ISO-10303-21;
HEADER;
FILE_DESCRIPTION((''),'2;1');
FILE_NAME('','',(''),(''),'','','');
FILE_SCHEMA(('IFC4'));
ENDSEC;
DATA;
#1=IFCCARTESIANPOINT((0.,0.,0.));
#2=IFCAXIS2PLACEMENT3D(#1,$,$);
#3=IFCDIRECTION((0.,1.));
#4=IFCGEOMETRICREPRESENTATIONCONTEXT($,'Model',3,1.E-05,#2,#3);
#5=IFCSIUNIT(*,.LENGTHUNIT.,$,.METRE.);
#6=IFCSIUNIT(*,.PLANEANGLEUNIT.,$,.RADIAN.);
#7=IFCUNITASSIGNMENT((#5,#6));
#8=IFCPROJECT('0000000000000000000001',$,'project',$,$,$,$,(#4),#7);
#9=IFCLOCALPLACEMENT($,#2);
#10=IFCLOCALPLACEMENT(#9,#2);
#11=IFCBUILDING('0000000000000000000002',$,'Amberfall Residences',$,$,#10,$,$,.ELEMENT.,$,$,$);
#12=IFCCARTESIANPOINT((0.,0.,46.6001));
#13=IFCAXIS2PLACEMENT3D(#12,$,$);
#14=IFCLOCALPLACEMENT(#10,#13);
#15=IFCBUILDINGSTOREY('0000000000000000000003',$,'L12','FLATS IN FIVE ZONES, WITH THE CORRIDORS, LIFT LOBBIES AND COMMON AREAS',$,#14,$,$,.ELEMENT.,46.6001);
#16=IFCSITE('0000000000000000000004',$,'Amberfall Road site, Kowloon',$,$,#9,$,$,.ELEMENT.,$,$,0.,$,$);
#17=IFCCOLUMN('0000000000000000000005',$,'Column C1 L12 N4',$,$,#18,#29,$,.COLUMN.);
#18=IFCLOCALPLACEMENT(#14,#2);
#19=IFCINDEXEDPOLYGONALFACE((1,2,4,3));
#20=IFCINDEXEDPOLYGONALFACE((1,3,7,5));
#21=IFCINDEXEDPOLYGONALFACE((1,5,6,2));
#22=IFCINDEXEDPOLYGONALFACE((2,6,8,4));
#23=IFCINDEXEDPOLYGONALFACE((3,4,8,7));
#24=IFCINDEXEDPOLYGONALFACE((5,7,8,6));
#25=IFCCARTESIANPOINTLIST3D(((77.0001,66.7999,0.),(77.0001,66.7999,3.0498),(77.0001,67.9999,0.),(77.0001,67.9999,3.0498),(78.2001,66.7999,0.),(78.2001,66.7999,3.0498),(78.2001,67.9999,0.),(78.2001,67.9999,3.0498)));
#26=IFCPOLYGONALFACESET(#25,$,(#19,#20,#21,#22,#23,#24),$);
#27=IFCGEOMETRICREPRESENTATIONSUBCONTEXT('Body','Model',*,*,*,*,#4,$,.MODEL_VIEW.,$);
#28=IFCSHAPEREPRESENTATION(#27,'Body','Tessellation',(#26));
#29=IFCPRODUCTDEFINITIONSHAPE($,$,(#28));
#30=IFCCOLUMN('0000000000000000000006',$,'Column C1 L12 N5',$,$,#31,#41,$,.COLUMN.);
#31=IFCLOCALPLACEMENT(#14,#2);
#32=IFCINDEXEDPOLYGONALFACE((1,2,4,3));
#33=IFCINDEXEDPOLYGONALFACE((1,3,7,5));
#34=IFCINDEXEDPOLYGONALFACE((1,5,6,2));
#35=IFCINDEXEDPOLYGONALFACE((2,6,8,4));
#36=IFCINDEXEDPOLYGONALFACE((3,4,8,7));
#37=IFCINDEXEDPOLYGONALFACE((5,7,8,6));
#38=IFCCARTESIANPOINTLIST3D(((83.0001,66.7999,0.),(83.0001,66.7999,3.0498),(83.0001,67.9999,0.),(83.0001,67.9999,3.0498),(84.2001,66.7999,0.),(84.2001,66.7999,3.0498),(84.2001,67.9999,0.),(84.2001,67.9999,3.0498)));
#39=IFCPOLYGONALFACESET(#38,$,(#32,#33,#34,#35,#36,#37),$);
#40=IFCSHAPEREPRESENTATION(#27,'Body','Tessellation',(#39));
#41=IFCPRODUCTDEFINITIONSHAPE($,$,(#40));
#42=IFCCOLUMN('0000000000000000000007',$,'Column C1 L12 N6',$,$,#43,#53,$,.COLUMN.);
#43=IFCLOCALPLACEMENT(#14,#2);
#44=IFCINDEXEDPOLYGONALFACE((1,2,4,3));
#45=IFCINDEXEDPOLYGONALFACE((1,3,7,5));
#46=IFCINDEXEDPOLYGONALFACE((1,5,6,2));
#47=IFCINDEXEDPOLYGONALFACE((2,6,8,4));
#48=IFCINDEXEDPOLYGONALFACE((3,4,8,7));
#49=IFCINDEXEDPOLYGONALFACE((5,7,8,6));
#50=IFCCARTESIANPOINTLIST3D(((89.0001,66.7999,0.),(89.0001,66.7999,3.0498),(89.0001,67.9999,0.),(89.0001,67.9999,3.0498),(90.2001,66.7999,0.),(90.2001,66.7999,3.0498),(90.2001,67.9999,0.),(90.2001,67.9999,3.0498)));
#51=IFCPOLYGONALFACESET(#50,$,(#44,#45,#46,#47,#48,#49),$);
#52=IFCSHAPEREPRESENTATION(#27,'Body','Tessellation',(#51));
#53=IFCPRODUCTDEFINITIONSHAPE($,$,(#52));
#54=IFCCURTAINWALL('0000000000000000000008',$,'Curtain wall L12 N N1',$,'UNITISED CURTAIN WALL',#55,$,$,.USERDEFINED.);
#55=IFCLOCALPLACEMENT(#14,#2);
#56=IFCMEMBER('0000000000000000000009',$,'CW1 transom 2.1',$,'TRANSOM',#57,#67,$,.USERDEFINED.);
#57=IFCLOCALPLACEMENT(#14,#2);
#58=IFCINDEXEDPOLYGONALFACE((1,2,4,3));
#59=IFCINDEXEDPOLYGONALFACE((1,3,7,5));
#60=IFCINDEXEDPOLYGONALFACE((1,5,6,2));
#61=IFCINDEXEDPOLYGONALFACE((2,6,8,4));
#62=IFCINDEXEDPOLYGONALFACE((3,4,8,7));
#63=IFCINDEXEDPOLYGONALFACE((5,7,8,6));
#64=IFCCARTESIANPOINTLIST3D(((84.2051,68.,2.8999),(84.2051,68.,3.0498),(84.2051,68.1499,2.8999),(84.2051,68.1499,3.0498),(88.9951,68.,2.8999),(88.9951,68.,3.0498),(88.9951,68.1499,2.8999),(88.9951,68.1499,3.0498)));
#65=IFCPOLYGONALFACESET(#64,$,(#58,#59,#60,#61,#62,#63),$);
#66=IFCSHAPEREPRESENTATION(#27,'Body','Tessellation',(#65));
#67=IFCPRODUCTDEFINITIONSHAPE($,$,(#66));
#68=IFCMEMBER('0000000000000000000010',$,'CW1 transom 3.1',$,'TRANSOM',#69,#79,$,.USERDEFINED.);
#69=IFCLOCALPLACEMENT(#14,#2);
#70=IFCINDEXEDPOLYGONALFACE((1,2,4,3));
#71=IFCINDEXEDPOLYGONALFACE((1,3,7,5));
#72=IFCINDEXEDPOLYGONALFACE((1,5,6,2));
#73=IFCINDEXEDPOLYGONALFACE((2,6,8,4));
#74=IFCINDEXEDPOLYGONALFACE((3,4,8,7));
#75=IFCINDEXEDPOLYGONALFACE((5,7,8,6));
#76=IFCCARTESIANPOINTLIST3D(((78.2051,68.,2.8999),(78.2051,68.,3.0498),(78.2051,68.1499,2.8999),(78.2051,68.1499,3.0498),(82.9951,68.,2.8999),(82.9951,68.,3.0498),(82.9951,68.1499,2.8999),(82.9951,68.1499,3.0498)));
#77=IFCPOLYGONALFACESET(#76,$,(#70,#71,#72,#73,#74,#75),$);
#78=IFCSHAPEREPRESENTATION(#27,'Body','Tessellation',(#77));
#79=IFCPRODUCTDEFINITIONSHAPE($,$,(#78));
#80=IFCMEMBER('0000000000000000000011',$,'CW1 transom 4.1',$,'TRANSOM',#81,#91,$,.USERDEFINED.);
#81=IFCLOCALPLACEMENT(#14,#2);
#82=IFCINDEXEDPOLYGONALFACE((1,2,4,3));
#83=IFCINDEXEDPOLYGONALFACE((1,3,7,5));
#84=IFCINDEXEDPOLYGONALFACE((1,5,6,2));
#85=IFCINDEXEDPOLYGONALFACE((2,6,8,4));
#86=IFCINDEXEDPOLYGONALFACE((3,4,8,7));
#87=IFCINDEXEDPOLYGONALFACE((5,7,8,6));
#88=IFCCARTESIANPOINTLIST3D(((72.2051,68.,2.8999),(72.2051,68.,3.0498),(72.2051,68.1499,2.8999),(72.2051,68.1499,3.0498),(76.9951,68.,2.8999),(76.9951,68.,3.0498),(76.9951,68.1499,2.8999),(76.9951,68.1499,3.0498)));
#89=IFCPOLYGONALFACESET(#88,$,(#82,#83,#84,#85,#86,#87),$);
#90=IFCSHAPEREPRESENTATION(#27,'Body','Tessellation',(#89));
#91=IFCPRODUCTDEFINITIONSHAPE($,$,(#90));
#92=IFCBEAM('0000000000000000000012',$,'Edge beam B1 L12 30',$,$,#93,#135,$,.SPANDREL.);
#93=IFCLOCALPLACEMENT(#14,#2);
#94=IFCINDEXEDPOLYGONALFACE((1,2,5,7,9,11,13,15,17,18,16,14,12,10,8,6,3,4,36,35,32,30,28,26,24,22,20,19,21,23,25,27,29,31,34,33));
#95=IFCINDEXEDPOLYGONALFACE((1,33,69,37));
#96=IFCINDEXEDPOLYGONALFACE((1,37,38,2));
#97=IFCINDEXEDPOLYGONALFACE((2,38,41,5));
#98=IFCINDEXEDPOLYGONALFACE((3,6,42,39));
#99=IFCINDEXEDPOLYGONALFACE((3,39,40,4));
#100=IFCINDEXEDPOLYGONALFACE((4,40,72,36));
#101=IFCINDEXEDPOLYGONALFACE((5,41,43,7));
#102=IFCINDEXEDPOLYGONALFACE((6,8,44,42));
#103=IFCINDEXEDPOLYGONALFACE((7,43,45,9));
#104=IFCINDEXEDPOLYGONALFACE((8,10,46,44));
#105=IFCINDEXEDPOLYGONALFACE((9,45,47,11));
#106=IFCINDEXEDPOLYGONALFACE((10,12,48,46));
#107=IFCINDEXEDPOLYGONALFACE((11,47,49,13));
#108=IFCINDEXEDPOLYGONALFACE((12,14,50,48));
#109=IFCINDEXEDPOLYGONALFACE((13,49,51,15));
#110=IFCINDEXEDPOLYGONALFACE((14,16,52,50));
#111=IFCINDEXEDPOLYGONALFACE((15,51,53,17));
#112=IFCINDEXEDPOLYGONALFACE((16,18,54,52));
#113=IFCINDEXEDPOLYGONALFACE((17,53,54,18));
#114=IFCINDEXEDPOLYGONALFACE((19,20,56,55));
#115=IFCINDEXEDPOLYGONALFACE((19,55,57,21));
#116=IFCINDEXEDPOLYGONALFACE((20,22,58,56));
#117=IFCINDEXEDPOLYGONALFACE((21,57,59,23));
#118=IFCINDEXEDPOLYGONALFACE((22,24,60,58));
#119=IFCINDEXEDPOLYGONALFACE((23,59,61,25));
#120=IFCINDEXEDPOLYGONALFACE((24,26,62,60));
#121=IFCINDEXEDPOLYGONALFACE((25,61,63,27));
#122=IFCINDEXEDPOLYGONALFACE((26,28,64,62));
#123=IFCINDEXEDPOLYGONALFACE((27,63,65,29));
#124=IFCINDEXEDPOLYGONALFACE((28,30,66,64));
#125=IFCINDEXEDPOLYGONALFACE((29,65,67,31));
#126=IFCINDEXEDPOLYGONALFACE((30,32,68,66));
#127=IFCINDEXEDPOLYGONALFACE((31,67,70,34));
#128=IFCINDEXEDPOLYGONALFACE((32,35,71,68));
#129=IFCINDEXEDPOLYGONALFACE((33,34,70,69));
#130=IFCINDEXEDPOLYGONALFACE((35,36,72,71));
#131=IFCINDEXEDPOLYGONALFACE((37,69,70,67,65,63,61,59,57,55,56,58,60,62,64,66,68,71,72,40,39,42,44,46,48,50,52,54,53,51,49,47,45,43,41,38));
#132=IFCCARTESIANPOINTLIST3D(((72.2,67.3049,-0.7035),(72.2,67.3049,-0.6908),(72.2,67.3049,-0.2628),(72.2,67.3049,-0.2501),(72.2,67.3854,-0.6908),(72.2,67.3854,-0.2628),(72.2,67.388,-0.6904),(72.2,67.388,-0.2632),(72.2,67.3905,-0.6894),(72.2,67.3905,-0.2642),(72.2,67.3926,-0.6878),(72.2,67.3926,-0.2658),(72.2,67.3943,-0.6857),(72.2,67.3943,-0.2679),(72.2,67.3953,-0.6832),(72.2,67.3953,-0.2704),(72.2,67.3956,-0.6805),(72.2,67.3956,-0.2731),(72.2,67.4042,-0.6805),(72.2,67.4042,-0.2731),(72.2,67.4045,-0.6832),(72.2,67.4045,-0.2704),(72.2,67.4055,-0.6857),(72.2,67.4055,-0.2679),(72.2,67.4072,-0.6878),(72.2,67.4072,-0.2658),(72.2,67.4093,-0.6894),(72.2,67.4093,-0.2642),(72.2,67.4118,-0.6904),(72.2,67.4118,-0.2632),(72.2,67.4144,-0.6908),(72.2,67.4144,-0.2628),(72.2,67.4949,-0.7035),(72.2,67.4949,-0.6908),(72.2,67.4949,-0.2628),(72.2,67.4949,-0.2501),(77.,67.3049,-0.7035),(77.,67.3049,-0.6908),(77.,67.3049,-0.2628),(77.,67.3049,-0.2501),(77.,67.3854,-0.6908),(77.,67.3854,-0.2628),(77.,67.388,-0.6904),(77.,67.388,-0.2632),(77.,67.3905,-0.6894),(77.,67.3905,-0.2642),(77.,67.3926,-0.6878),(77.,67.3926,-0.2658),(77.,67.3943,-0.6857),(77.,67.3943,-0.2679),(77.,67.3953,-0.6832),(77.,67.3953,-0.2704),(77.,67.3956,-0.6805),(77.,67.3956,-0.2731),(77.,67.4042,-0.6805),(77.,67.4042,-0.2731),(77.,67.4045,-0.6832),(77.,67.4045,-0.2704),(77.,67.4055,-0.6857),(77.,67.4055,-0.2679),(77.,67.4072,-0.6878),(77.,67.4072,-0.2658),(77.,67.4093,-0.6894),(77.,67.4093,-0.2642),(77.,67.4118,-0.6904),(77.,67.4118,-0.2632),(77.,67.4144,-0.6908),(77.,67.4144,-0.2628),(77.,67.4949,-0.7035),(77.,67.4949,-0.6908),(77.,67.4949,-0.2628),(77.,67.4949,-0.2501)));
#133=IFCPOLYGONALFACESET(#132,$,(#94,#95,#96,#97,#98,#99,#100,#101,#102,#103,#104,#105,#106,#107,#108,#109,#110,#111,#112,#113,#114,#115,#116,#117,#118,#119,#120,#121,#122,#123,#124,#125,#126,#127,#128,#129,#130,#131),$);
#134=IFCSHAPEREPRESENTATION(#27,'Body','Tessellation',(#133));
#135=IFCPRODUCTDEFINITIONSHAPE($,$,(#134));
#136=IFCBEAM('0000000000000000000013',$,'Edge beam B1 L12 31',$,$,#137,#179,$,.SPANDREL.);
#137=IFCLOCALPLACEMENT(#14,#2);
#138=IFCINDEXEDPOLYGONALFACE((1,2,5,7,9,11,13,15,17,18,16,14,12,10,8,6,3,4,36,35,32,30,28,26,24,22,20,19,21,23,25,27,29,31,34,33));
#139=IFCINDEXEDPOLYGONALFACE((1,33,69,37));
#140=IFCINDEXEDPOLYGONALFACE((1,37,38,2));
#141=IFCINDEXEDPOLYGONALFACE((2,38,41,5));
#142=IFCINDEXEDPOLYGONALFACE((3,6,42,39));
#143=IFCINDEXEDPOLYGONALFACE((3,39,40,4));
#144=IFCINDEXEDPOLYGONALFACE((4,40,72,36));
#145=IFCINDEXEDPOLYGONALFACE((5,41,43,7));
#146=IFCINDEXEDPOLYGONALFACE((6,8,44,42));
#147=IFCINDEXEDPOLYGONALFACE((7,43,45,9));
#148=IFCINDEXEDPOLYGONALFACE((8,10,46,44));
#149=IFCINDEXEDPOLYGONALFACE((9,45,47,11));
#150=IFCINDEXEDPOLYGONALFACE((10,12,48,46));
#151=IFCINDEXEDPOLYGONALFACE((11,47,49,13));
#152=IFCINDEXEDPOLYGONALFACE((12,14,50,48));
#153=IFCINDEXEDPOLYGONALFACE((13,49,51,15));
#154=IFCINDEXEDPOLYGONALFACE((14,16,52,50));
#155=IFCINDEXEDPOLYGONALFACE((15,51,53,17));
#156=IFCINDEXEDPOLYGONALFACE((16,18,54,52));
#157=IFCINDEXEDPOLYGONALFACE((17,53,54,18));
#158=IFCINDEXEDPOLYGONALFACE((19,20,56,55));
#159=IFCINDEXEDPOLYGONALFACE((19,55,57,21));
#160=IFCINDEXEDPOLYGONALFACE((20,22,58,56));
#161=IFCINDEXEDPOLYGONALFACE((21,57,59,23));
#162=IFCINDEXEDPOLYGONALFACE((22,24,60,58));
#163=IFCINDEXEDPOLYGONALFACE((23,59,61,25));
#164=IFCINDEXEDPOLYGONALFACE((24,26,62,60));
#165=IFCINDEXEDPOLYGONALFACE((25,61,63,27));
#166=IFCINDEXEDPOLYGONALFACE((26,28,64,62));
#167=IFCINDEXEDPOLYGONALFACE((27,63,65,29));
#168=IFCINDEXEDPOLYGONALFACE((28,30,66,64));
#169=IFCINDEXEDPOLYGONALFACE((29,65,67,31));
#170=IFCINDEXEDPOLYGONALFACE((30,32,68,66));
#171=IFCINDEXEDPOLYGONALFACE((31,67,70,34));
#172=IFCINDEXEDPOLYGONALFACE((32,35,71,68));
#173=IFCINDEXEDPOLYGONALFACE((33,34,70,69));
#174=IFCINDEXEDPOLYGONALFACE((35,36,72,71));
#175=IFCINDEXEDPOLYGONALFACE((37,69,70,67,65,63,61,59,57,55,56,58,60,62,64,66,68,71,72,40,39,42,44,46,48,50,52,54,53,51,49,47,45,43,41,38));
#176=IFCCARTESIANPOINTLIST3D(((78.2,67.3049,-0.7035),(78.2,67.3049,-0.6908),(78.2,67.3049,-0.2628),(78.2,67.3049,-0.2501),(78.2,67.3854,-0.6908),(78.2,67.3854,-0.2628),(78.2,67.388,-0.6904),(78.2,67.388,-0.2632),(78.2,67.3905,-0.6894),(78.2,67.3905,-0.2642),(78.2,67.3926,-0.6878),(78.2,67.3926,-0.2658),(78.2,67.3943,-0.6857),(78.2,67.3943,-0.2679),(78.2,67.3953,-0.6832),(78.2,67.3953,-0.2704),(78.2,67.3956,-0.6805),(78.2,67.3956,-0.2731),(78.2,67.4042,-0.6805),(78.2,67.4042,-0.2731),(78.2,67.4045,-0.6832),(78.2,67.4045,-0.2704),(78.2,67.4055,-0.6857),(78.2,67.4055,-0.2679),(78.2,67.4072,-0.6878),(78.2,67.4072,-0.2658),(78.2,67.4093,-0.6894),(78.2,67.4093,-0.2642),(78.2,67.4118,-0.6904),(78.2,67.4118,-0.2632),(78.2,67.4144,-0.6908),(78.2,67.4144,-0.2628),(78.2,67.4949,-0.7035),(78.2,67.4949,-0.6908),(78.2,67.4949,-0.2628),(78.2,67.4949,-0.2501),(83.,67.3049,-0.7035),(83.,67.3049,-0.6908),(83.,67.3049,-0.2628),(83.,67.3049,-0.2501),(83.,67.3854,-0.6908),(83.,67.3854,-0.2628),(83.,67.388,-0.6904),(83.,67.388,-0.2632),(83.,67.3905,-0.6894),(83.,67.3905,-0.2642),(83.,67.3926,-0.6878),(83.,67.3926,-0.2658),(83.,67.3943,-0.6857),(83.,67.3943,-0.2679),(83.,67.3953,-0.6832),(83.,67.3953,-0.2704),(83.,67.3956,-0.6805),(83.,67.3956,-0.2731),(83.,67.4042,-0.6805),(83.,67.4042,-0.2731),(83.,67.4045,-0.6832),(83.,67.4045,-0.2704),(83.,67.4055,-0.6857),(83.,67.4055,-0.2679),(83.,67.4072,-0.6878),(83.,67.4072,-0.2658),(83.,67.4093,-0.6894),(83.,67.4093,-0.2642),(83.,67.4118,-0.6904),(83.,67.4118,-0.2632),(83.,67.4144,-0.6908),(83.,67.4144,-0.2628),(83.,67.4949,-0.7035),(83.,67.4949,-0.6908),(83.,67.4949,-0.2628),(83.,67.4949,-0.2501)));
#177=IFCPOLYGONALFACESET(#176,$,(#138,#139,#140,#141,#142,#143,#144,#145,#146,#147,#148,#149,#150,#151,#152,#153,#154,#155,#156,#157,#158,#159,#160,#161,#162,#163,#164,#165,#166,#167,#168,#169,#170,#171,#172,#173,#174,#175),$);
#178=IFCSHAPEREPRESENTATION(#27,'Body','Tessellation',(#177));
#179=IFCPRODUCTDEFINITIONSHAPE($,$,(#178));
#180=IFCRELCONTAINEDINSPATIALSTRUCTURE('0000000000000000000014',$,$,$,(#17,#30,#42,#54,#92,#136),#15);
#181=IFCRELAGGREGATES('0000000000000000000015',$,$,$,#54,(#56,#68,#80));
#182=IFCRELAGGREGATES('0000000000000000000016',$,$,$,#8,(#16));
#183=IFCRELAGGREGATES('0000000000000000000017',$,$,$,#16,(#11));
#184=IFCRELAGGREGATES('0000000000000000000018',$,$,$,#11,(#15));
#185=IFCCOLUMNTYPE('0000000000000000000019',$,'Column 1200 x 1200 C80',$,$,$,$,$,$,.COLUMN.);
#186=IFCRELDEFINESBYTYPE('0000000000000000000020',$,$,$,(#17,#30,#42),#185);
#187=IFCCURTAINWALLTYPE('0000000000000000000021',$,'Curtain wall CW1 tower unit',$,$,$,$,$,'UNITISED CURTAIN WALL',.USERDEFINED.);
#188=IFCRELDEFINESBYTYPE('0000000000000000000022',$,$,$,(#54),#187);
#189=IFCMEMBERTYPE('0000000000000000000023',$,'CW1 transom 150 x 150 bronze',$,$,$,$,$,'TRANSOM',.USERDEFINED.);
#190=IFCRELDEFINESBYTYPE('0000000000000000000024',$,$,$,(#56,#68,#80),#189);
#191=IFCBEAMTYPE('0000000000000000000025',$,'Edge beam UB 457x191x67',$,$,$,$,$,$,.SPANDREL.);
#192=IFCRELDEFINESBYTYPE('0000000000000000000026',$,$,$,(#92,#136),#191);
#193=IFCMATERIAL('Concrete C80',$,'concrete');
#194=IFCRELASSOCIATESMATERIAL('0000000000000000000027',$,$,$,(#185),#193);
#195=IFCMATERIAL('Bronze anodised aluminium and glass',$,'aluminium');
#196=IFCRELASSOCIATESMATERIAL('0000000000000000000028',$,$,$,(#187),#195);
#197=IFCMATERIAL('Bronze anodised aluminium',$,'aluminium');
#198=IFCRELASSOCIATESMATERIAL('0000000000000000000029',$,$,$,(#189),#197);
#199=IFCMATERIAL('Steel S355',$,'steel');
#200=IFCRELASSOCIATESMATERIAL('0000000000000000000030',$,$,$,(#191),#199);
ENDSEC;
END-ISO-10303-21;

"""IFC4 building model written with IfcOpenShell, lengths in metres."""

from ifc_helpers import new_model, si_unit, direction, frame, origin, origin_2d, place, context, subcontext, project, spatial, rectangle, i_section, extrude, material, material_profile, profile_set, type_object, element, aggregate, save


model = new_model("IFC4")

# Units and contexts
model_context = context("Model", 3, precision=1e-05, world=origin(), true_north=direction((0.0, 1.0)))
body_context = subcontext(model_context, "Body", "Model", "MODEL_VIEW")
ifc_project = project(units=[si_unit("LENGTHUNIT", "METRE"), si_unit("PLANEANGLEUNIT", "RADIAN")], contexts=[model_context])

# Site, building, storey
site_placement = place(None, origin())
site = spatial("IfcSite", under=ifc_project, at=site_placement, Name="Amberfall Road site, Kowloon", CompositionType="ELEMENT", RefElevation=0.0)
building_placement = place(site_placement, origin())
building = spatial("IfcBuilding", under=site, at=building_placement, Name="Amberfall Residences", CompositionType="ELEMENT")
storey_placement = place(building_placement, frame((0.0, 0.0, 46.6001)))
storey = spatial("IfcBuildingStorey", under=building, at=storey_placement, Name="L12", Description="FLATS IN FIVE ZONES, WITH THE CORRIDORS, LIFT LOBBIES AND COMMON AREAS", CompositionType="ELEMENT", Elevation=46.6001)

# Columns
ifc_material_1 = material(Name="Concrete C80", Category="concrete")
ifc_material_profile_1 = material_profile(ifc_material_1, rectangle(XDim=1.2, YDim=1.2, at=origin_2d()), Name="Column 1200 x 1200 C80")
ifc_profile_set_1 = profile_set([ifc_material_profile_1], Name="Concrete C80")
column_type = type_object("IfcColumnType", Name="Column 1200 x 1200 C80", PredefinedType="COLUMN", material=ifc_profile_set_1)
for number, where, z_axis, x_axis, name in (
    (1, (77.6001, 67.3999, 0.0), (0.0, 0.0, 1.0), (1.0, 0.0, 0.0), "Column C1 L12 N4"),
    (2, (83.6001, 67.3999, 0.0), (0.0, 0.0, 1.0), (1.0, 0.0, 0.0), "Column C1 L12 N5"),
    (3, (89.6001, 67.3999, 0.0), (0.0, 0.0, 1.0), (1.0, 0.0, 0.0), "Column C1 L12 N6"),
):
    element("IfcColumn", number, at=place(storey_placement, frame(where, z_axis=z_axis, x_axis=x_axis)), inside=storey, type_object=column_type, Name=name, PredefinedType="COLUMN", context=body_context, shape_type="SweptSolid", body=[
        extrude(rectangle(XDim=1.2, YDim=1.2, at=origin_2d()), origin(), (0.0, 0.0, 1.0), 3.0498),
    ])

# Curtain wall, members
ifc_material_2 = material(Name="Bronze anodised aluminium and glass", Category="aluminium")
curtain_wall_type = type_object("IfcCurtainWallType", Name="Curtain wall CW1 tower unit", ElementType="UNITISED CURTAIN WALL", PredefinedType="USERDEFINED", material=ifc_material_2)
curtain_wall_placement = place(storey_placement, origin())
curtain_wall = element("IfcCurtainWall", 4, at=curtain_wall_placement, inside=storey, type_object=curtain_wall_type, Name="Curtain wall L12 N N1", ObjectType="UNITISED CURTAIN WALL", PredefinedType="USERDEFINED")
ifc_material_3 = material(Name="Bronze anodised aluminium", Category="aluminium")
ifc_material_profile_2 = material_profile(ifc_material_3, rectangle(XDim=0.1499, YDim=0.1499, at=origin_2d()), Name="CW1 transom 150 x 150 bronze")
ifc_profile_set_2 = profile_set([ifc_material_profile_2], Name="Bronze anodised aluminium")
member_type_1 = type_object("IfcMemberType", Name="CW1 transom 150 x 150 bronze", ElementType="TRANSOM", PredefinedType="USERDEFINED", material=ifc_profile_set_2)
member_1_placement = place(storey_placement, frame((88.9951, 68.075, 2.9749), z_axis=(-1.0, 0.0, 0.0), x_axis=(0.0, -1.0, 0.0)))
member_1 = element("IfcMember", 5, at=member_1_placement, type_object=member_type_1, Name="CW1 transom 2.1", ObjectType="TRANSOM", PredefinedType="USERDEFINED", context=body_context, shape_type="SweptSolid", body=[
    extrude(rectangle(XDim=0.1499, YDim=0.1499, at=origin_2d()), origin(), (0.0, 0.0, 1.0), 4.79),
])
member_2_placement = place(storey_placement, frame((82.9951, 68.075, 2.9749), z_axis=(-1.0, 0.0, 0.0), x_axis=(0.0, -1.0, 0.0)))
member_2 = element("IfcMember", 6, at=member_2_placement, type_object=member_type_1, Name="CW1 transom 3.1", ObjectType="TRANSOM", PredefinedType="USERDEFINED", context=body_context, shape_type="SweptSolid", body=[
    extrude(rectangle(XDim=0.1499, YDim=0.1499, at=origin_2d()), origin(), (0.0, 0.0, 1.0), 4.79),
])
member_3_placement = place(storey_placement, frame((76.9951, 68.075, 2.9749), z_axis=(-1.0, 0.0, 0.0), x_axis=(0.0, -1.0, 0.0)))
member_3 = element("IfcMember", 7, at=member_3_placement, type_object=member_type_1, Name="CW1 transom 4.1", ObjectType="TRANSOM", PredefinedType="USERDEFINED", context=body_context, shape_type="SweptSolid", body=[
    extrude(rectangle(XDim=0.1499, YDim=0.1499, at=origin_2d()), origin(), (0.0, 0.0, 1.0), 4.79),
])

# Beams
ifc_material_4 = material(Name="Steel S355", Category="steel")
ifc_material_profile_3 = material_profile(ifc_material_4, i_section(OverallWidth=0.1899, OverallDepth=0.4534, WebThickness=0.0085, FlangeThickness=0.0127, FilletRadius=0.0103, at=origin_2d()), Name="UB 457x191x67")
ifc_profile_set_3 = profile_set([ifc_material_profile_3], Name="Steel S355")
beam_type_1 = type_object("IfcBeamType", Name="Edge beam UB 457x191x67", PredefinedType="SPANDREL", material=ifc_profile_set_3)
for number, where, z_axis, x_axis, name in (
    (8, (72.2, 67.3999, -0.4768), (1.0, 0.0, 0.0), (0.0, 1.0, 0.0), "Edge beam B1 L12 30"),
    (9, (78.2, 67.3999, -0.4768), (1.0, 0.0, 0.0), (0.0, 1.0, 0.0), "Edge beam B1 L12 31"),
):
    element("IfcBeam", number, at=place(storey_placement, frame(where, z_axis=z_axis, x_axis=x_axis)), inside=storey, type_object=beam_type_1, Name=name, PredefinedType="SPANDREL", context=body_context, shape_type="SweptSolid", body=[
        extrude(i_section(OverallWidth=0.1899, OverallDepth=0.4534, WebThickness=0.0085, FlangeThickness=0.0127, FilletRadius=0.0103, at=origin_2d()), origin(), (0.0, 0.0, 1.0), 4.8),
    ])

aggregate(curtain_wall, [member_1, member_2, member_3])

save(model, "model.ifc")
